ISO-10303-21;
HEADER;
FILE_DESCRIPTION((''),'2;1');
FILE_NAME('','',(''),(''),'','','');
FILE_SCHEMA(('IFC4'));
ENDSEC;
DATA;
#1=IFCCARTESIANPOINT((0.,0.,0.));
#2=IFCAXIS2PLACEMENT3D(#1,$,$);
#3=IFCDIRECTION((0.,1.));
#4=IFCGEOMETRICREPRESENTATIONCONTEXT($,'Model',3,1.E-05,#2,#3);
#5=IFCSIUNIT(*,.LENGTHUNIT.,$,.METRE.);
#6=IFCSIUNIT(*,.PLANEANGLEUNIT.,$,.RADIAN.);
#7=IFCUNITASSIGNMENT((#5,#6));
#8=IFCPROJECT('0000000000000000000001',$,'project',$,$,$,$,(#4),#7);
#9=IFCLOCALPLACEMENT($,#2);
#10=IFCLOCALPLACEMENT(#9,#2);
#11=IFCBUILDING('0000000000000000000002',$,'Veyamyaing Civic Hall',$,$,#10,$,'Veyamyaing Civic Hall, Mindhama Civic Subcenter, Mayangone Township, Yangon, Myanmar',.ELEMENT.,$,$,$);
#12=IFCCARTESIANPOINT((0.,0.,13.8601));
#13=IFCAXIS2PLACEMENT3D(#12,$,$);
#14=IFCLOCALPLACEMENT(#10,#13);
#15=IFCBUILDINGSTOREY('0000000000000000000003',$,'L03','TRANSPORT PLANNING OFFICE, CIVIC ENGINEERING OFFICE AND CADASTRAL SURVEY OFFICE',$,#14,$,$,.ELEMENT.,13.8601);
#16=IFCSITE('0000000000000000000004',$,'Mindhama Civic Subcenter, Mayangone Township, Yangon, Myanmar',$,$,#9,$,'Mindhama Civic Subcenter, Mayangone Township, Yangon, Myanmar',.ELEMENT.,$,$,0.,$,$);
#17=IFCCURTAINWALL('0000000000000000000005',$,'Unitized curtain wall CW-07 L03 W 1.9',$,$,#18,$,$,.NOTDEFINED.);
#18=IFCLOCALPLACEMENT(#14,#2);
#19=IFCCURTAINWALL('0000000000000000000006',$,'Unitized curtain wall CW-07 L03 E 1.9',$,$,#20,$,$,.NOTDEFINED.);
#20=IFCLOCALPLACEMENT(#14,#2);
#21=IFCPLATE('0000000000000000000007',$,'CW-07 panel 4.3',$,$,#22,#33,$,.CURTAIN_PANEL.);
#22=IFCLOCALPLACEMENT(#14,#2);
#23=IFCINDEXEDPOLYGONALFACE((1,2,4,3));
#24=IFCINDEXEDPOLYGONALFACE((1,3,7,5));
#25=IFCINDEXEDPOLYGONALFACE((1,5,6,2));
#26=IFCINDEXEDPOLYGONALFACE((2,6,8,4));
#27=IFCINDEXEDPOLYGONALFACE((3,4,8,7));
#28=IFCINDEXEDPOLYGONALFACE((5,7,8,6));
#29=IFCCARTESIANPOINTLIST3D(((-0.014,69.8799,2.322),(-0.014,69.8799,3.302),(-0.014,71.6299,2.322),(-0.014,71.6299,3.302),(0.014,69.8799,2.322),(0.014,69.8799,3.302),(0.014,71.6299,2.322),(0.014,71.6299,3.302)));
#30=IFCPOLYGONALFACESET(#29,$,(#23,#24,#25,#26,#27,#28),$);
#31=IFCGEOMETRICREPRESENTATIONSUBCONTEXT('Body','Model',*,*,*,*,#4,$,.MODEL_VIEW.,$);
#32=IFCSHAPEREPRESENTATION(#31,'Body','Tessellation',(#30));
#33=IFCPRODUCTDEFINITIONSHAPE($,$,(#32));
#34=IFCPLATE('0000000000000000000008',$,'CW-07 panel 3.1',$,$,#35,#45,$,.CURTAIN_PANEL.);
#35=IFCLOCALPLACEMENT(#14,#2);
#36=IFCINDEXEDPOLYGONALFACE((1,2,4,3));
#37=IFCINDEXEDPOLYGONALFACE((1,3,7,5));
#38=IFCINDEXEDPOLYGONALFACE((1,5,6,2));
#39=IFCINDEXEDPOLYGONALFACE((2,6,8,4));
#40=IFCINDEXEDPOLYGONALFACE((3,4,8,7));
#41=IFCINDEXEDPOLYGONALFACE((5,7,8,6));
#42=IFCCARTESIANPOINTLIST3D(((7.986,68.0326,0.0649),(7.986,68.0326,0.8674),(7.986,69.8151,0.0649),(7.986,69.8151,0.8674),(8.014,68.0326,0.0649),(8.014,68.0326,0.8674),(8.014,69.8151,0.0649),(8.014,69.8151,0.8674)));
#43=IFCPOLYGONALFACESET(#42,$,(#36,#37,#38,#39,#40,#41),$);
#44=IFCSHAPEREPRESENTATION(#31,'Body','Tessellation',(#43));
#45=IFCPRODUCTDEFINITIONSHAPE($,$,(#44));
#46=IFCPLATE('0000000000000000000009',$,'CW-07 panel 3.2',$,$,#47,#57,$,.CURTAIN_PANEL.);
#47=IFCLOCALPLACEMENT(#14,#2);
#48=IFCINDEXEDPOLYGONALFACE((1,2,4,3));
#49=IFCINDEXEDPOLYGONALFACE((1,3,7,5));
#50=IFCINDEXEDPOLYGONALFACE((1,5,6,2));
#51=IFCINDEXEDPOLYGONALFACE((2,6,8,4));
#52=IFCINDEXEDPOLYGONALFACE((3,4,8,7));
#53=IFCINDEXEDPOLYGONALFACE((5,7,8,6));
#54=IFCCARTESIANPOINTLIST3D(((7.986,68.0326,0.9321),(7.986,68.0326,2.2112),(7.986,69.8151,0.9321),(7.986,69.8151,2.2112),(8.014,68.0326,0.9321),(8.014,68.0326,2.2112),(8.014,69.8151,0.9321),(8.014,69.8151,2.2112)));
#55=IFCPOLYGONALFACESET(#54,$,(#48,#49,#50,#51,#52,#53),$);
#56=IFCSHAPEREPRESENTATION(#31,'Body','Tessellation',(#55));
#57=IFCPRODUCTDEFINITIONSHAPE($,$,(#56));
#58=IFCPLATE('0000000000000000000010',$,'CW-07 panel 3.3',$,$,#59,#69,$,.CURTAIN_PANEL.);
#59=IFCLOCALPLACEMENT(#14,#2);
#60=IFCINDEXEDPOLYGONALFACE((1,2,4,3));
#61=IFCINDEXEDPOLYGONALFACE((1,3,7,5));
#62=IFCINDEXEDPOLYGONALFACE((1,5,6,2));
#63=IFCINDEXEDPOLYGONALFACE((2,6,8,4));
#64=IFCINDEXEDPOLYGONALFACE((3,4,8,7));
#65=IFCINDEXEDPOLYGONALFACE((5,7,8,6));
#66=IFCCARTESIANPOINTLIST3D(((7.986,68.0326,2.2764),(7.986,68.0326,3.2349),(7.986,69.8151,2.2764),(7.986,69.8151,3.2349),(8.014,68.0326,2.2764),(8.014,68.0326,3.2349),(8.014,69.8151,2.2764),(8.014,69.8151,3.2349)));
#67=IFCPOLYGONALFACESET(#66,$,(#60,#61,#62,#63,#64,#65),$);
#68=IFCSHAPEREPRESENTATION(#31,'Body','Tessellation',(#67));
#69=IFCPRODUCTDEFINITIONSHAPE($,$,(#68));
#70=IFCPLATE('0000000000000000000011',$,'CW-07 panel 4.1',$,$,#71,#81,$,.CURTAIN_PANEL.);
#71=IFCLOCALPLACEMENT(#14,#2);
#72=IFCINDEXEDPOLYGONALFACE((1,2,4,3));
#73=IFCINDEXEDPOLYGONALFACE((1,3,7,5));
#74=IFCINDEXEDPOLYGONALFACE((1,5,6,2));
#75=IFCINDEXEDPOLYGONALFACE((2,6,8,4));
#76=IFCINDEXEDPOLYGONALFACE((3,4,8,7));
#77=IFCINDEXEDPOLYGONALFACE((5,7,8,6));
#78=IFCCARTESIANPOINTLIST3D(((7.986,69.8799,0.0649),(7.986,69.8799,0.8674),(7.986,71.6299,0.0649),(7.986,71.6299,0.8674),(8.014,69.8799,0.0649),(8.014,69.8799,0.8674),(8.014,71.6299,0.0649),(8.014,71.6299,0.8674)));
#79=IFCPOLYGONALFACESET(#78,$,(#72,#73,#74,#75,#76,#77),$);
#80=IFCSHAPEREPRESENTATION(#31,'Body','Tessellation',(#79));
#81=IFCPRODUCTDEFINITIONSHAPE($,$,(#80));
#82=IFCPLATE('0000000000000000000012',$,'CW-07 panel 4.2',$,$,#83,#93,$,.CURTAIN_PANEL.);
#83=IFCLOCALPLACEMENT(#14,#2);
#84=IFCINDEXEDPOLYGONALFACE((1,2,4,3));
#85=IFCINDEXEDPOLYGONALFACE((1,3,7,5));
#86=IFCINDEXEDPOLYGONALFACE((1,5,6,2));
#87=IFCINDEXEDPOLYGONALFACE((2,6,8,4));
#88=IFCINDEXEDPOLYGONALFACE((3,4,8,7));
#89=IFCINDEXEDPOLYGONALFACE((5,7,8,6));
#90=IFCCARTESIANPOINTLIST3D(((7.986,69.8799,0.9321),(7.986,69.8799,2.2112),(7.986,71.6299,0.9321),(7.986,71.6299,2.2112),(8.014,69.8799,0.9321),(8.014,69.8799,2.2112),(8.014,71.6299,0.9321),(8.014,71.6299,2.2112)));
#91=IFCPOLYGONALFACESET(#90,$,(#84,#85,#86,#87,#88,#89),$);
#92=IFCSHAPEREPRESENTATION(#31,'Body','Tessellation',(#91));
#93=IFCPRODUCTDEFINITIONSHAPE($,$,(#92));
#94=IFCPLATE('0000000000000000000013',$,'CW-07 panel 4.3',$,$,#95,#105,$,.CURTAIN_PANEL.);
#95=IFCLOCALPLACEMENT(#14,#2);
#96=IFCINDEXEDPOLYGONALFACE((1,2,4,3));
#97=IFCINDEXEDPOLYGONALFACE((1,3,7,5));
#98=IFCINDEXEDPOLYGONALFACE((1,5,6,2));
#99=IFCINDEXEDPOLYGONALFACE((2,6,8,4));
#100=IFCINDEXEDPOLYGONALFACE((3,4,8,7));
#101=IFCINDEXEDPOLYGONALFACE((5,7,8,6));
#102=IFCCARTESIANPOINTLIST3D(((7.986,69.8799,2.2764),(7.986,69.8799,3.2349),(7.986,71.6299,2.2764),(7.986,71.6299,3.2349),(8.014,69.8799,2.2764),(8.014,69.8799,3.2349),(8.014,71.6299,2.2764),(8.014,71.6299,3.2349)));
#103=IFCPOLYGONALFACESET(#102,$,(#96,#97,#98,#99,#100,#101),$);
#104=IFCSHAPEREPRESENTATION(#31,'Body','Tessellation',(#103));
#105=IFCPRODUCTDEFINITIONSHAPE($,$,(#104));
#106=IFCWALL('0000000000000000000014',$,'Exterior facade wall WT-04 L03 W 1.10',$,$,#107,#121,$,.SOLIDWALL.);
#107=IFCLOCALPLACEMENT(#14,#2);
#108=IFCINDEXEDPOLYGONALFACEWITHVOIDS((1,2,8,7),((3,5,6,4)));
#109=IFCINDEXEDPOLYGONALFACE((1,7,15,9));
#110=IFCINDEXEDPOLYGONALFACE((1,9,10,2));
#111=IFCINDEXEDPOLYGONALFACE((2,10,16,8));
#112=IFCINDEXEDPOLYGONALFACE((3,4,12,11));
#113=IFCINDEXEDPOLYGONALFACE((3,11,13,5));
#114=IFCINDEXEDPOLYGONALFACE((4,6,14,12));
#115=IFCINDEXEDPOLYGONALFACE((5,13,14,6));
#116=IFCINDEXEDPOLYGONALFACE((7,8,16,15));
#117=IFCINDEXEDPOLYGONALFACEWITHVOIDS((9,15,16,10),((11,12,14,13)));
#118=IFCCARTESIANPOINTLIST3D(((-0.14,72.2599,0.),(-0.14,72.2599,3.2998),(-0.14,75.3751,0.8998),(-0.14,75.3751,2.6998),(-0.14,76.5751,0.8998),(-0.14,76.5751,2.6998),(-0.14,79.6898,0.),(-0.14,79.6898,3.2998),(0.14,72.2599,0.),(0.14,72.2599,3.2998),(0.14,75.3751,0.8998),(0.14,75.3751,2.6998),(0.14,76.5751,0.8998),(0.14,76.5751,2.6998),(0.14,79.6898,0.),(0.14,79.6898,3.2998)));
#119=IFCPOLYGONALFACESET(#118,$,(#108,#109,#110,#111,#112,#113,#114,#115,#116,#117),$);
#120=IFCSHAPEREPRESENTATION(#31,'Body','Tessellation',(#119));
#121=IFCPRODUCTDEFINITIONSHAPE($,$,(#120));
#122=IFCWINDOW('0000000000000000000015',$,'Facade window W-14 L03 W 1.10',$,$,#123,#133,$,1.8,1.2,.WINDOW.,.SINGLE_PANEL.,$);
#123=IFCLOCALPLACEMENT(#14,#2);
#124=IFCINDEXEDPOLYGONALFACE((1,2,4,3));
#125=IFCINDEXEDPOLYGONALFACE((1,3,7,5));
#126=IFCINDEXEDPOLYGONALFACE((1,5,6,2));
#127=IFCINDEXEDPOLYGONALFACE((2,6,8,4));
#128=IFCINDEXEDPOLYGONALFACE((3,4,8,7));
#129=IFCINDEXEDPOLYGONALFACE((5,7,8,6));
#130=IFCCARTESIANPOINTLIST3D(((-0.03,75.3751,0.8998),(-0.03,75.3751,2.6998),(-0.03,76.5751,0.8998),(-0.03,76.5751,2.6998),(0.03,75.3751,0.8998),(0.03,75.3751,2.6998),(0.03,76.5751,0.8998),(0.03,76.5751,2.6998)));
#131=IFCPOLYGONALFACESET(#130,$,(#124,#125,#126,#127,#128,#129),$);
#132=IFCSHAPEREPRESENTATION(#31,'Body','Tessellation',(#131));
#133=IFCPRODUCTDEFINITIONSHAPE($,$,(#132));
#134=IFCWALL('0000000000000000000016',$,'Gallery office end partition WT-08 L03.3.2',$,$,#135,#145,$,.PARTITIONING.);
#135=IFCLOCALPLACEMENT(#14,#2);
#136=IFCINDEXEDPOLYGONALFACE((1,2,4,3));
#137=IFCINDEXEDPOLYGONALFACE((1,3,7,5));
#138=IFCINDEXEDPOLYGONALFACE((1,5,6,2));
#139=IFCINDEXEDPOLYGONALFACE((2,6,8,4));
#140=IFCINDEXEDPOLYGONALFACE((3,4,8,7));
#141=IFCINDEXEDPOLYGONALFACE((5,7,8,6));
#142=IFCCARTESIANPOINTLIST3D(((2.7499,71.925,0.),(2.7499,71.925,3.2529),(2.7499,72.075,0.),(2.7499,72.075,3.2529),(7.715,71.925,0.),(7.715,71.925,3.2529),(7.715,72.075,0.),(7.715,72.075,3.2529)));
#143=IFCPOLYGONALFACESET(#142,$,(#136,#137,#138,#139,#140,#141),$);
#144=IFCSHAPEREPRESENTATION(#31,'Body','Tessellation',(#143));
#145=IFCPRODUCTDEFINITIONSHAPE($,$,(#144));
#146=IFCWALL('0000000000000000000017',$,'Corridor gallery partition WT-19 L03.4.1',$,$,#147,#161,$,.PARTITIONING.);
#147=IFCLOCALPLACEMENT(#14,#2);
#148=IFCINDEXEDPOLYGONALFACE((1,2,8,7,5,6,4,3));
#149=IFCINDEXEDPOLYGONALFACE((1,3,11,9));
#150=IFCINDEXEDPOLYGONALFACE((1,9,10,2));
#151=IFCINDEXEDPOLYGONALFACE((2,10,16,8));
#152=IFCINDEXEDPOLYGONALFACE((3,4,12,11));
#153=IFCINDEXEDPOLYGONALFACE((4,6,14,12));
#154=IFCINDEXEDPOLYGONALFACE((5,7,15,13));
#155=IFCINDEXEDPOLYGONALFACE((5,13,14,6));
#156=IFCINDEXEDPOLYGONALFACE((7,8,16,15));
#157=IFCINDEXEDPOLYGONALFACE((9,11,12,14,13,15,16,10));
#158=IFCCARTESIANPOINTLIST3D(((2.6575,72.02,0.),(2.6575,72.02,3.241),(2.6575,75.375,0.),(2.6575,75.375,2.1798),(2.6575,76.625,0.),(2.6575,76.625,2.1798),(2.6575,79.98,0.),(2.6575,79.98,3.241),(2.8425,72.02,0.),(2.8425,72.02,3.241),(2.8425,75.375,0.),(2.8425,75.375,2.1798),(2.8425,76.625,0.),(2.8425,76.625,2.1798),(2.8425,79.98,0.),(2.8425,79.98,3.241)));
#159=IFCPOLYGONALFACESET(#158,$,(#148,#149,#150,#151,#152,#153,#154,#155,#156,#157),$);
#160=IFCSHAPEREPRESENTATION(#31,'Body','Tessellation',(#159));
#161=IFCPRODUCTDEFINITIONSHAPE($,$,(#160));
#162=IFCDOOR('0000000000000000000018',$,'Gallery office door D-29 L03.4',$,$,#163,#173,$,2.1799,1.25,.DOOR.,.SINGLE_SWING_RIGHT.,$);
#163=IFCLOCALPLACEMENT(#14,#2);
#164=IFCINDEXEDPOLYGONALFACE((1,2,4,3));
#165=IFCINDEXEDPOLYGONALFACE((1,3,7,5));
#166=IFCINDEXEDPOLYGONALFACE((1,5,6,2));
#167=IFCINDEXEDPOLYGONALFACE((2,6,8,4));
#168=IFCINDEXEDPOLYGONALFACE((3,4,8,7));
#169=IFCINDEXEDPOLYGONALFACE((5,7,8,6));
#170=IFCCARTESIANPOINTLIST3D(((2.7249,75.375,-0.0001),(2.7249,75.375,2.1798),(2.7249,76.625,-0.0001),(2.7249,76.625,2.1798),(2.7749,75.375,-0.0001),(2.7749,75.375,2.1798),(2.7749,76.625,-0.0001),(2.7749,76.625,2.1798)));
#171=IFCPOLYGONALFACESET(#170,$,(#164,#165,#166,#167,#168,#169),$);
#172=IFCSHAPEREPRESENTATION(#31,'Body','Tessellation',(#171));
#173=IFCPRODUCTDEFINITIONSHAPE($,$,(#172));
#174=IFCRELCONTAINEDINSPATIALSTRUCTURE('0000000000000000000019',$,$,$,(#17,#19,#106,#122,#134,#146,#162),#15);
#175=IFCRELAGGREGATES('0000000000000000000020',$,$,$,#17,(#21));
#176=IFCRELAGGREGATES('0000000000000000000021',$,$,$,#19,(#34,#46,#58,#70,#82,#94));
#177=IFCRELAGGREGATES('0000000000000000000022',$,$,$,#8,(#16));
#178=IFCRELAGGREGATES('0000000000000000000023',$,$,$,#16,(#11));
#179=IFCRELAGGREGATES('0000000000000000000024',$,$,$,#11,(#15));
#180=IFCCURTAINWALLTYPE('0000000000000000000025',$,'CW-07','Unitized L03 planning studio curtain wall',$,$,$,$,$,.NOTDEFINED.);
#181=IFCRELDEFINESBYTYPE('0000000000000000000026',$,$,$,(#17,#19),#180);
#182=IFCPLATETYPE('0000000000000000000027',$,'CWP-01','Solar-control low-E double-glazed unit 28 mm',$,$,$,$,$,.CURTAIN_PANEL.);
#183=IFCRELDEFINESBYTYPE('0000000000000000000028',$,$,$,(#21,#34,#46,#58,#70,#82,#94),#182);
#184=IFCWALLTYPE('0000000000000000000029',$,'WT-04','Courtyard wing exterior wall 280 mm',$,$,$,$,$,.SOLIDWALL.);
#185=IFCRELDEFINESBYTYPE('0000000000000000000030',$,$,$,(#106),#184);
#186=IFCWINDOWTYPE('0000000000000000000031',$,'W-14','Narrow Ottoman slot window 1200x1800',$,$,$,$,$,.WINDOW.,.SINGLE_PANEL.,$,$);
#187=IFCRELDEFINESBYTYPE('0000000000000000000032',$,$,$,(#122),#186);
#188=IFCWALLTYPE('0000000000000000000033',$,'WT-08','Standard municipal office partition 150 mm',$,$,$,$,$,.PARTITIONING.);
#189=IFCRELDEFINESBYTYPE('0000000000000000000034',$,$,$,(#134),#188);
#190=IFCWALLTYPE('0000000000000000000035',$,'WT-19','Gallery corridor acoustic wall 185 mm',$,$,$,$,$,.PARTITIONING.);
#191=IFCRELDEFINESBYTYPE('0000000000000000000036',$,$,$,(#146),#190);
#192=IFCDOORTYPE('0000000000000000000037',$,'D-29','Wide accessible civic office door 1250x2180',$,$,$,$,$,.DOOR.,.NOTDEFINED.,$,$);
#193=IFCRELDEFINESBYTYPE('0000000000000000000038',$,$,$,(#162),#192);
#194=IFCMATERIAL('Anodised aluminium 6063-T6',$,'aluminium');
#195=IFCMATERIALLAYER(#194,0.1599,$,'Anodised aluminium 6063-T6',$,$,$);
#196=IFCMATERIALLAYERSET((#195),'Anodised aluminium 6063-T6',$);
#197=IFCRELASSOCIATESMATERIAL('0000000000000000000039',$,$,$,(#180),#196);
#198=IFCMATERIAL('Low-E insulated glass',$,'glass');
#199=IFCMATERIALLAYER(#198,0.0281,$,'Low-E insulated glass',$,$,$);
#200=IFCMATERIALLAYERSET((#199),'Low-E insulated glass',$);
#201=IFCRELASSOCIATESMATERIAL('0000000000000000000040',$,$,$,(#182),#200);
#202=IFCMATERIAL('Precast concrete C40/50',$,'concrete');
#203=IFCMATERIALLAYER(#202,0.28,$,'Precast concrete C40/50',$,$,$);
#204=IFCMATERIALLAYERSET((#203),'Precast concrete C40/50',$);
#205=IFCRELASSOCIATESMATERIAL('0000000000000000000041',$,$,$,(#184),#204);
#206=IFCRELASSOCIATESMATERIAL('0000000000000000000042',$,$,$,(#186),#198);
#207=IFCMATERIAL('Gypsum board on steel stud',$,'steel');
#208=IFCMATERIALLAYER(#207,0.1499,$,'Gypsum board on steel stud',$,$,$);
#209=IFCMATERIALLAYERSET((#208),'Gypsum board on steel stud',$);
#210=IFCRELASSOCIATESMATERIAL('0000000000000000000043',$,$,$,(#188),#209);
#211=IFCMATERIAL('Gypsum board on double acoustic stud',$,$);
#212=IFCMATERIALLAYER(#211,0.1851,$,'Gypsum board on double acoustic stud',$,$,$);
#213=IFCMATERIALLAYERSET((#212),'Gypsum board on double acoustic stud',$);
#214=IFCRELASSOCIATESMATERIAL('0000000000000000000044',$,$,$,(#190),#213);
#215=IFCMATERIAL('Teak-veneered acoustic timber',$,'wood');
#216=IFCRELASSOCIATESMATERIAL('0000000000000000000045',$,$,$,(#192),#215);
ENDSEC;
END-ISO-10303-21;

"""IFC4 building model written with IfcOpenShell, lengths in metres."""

from ifc_helpers import new_model, si_unit, direction, frame, frame_2d, origin, origin_2d, place, context, subcontext, project, spatial, rectangle, extrude, material, layer, layer_set, type_object, element, fill, aggregate, save


model = new_model("IFC4")

# Units and contexts
model_context = context("Model", 3, precision=1e-05, world=origin(), true_north=direction((0.0, 1.0)))
body_context = subcontext(model_context, "Body", "Model", "MODEL_VIEW")
ifc_project = project(units=[si_unit("LENGTHUNIT", "METRE"), si_unit("PLANEANGLEUNIT", "RADIAN")], contexts=[model_context])

# Site, building, storey
site_placement = place(None, origin())
site = spatial("IfcSite", under=ifc_project, at=site_placement, Name="Mindhama Civic Subcenter, Mayangone Township, Yangon, Myanmar", LongName="Mindhama Civic Subcenter, Mayangone Township, Yangon, Myanmar", CompositionType="ELEMENT", RefElevation=0.0)
building_placement = place(site_placement, origin())
building = spatial("IfcBuilding", under=site, at=building_placement, Name="Veyamyaing Civic Hall", LongName="Veyamyaing Civic Hall, Mindhama Civic Subcenter, Mayangone Township, Yangon, Myanmar", CompositionType="ELEMENT")
storey_placement = place(building_placement, frame((0.0, 0.0, 13.8601)))
storey = spatial("IfcBuildingStorey", under=building, at=storey_placement, Name="L03", Description="TRANSPORT PLANNING OFFICE, CIVIC ENGINEERING OFFICE AND CADASTRAL SURVEY OFFICE", CompositionType="ELEMENT", Elevation=13.8601)

# Curtain walls
ifc_material_1 = material(Name="Anodised aluminium 6063-T6", Category="aluminium")
ifc_layer_1 = layer(ifc_material_1, 0.1599, Name="Anodised aluminium 6063-T6")
ifc_layer_set_1 = layer_set([ifc_layer_1], Name="Anodised aluminium 6063-T6")
curtain_wall_type = type_object("IfcCurtainWallType", Name="CW-07", Description="Unitized L03 planning studio curtain wall", PredefinedType="NOTDEFINED", material=ifc_layer_set_1)
curtain_wall_1_placement = place(storey_placement, origin())
curtain_wall_1 = element("IfcCurtainWall", 1, at=curtain_wall_1_placement, inside=storey, type_object=curtain_wall_type, Name="Unitized curtain wall CW-07 L03 W 1.9", PredefinedType="NOTDEFINED")
curtain_wall_2_placement = place(storey_placement, origin())
curtain_wall_2 = element("IfcCurtainWall", 2, at=curtain_wall_2_placement, inside=storey, type_object=curtain_wall_type, Name="Unitized curtain wall CW-07 L03 E 1.9", PredefinedType="NOTDEFINED")

# Plates
ifc_material_2 = material(Name="Low-E insulated glass", Category="glass")
ifc_layer_2 = layer(ifc_material_2, 0.0281, Name="Low-E insulated glass")
ifc_layer_set_2 = layer_set([ifc_layer_2], Name="Low-E insulated glass")
plate_type = type_object("IfcPlateType", Name="CWP-01", Description="Solar-control low-E double-glazed unit 28 mm", PredefinedType="CURTAIN_PANEL", material=ifc_layer_set_2)
plate_1_placement = place(storey_placement, frame((0.0, 70.7549, 2.322), z_axis=(0.0, 0.0, 1.0), x_axis=(0.0, 1.0, 0.0)))
plate_1 = element("IfcPlate", 3, at=plate_1_placement, type_object=plate_type, Name="CW-07 panel 4.3", PredefinedType="CURTAIN_PANEL", context=body_context, shape_type="SweptSolid", body=[
    extrude(rectangle(XDim=1.75, YDim=0.0281, at=origin_2d()), origin(), (0.0, 0.0, 1.0), 0.98),
])
aggregate(curtain_wall_1, [plate_1])
plate_2_placement = place(storey_placement, frame((8.0, 68.9238, 0.0649), z_axis=(0.0, 0.0, 1.0), x_axis=(0.0, 1.0, 0.0)))
plate_2 = element("IfcPlate", 4, at=plate_2_placement, type_object=plate_type, Name="CW-07 panel 3.1", PredefinedType="CURTAIN_PANEL", context=body_context, shape_type="SweptSolid", body=[
    extrude(rectangle(XDim=1.7825, YDim=0.0281, at=origin_2d()), origin(), (0.0, 0.0, 1.0), 0.8025),
])
plate_3_placement = place(storey_placement, frame((8.0, 68.9238, 0.9321), z_axis=(0.0, 0.0, 1.0), x_axis=(0.0, 1.0, 0.0)))
plate_3 = element("IfcPlate", 5, at=plate_3_placement, type_object=plate_type, Name="CW-07 panel 3.2", PredefinedType="CURTAIN_PANEL", context=body_context, shape_type="SweptSolid", body=[
    extrude(rectangle(XDim=1.7825, YDim=0.0281, at=origin_2d()), origin(), (0.0, 0.0, 1.0), 1.2791),
])
plate_4_placement = place(storey_placement, frame((8.0, 68.9238, 2.2764), z_axis=(0.0, 0.0, 1.0), x_axis=(0.0, 1.0, 0.0)))
plate_4 = element("IfcPlate", 6, at=plate_4_placement, type_object=plate_type, Name="CW-07 panel 3.3", PredefinedType="CURTAIN_PANEL", context=body_context, shape_type="SweptSolid", body=[
    extrude(rectangle(XDim=1.7825, YDim=0.0281, at=origin_2d()), origin(), (0.0, 0.0, 1.0), 0.9585),
])
plate_5_placement = place(storey_placement, frame((8.0, 70.7549, 0.0649), z_axis=(0.0, 0.0, 1.0), x_axis=(0.0, 1.0, 0.0)))
plate_5 = element("IfcPlate", 7, at=plate_5_placement, type_object=plate_type, Name="CW-07 panel 4.1", PredefinedType="CURTAIN_PANEL", context=body_context, shape_type="SweptSolid", body=[
    extrude(rectangle(XDim=1.75, YDim=0.0281, at=origin_2d()), origin(), (0.0, 0.0, 1.0), 0.8025),
])
plate_6_placement = place(storey_placement, frame((8.0, 70.7549, 0.9321), z_axis=(0.0, 0.0, 1.0), x_axis=(0.0, 1.0, 0.0)))
plate_6 = element("IfcPlate", 8, at=plate_6_placement, type_object=plate_type, Name="CW-07 panel 4.2", PredefinedType="CURTAIN_PANEL", context=body_context, shape_type="SweptSolid", body=[
    extrude(rectangle(XDim=1.75, YDim=0.0281, at=origin_2d()), origin(), (0.0, 0.0, 1.0), 1.2791),
])
plate_7_placement = place(storey_placement, frame((8.0, 70.7549, 2.2764), z_axis=(0.0, 0.0, 1.0), x_axis=(0.0, 1.0, 0.0)))
plate_7 = element("IfcPlate", 9, at=plate_7_placement, type_object=plate_type, Name="CW-07 panel 4.3", PredefinedType="CURTAIN_PANEL", context=body_context, shape_type="SweptSolid", body=[
    extrude(rectangle(XDim=1.75, YDim=0.0281, at=origin_2d()), origin(), (0.0, 0.0, 1.0), 0.9585),
])
aggregate(curtain_wall_2, [plate_2, plate_3, plate_4, plate_5, plate_6, plate_7])

# Wall, opening, window
ifc_material_3 = material(Name="Precast concrete C40/50", Category="concrete")
ifc_layer_3 = layer(ifc_material_3, 0.28, Name="Precast concrete C40/50")
ifc_layer_set_3 = layer_set([ifc_layer_3], Name="Precast concrete C40/50")
wall_type_1 = type_object("IfcWallType", Name="WT-04", Description="Courtyard wing exterior wall 280 mm", PredefinedType="SOLIDWALL", material=ifc_layer_set_3)
wall_1_placement = place(storey_placement, frame((0.0, 72.26, 0.0), z_axis=(0.0, 0.0, 1.0), x_axis=(0.0, 1.0, 0.0)))
wall_1 = element("IfcWall", 10, at=wall_1_placement, inside=storey, type_object=wall_type_1, Name="Exterior facade wall WT-04 L03 W 1.10", PredefinedType="SOLIDWALL", context=body_context, shape_type="SweptSolid", body=[
    extrude(rectangle(XDim=7.4299, YDim=0.28, at=frame_2d((3.7148, 0.0))), origin(), (0.0, 0.0, 1.0), 3.2998),
])
opening_1_placement = place(wall_1_placement, frame((3.115, 0.0, 0.8999)))
opening_1 = element("IfcOpeningElement", 11, at=opening_1_placement, cuts=wall_1, PredefinedType="OPENING", context=body_context, shape_type="SweptSolid", body=[
    extrude(rectangle(XDim=1.2, YDim=1.8, at=frame_2d((0.6001, 0.8999))), frame((0.0, 0.1499, 0.0), z_axis=(0.0, -1.0, 0.0), x_axis=(1.0, 0.0, 0.0)), (0.0, 0.0, 1.0), 0.3),
])
window_type = type_object("IfcWindowType", Name="W-14", Description="Narrow Ottoman slot window 1200x1800", PartitioningType="SINGLE_PANEL", PredefinedType="WINDOW", material=ifc_material_2)
window_placement = place(opening_1_placement, origin())
window = element("IfcWindow", 12, at=window_placement, inside=storey, type_object=window_type, Name="Facade window W-14 L03 W 1.10", OverallHeight=1.8, OverallWidth=1.2, PartitioningType="SINGLE_PANEL", PredefinedType="WINDOW", context=body_context, shape_type="SweptSolid", body=[
    extrude(rectangle(XDim=1.2, YDim=1.8, at=frame_2d((0.6001, 0.8999))), frame((0.0, 0.03, 0.0), z_axis=(0.0, -1.0, 0.0), x_axis=(1.0, 0.0, 0.0)), (0.0, 0.0, 1.0), 0.0601),
])
fill(opening_1, window)

# Wall
ifc_material_4 = material(Name="Gypsum board on steel stud", Category="steel")
ifc_layer_4 = layer(ifc_material_4, 0.1499, Name="Gypsum board on steel stud")
ifc_layer_set_4 = layer_set([ifc_layer_4], Name="Gypsum board on steel stud")
wall_type_2 = type_object("IfcWallType", Name="WT-08", Description="Standard municipal office partition 150 mm", PredefinedType="PARTITIONING", material=ifc_layer_set_4)
wall_2_placement = place(storey_placement, frame((2.75, 72.0, 0.0), z_axis=(0.0, 0.0, 1.0), x_axis=(1.0, 0.0, 0.0)))
element("IfcWall", 13, at=wall_2_placement, inside=storey, type_object=wall_type_2, Name="Gallery office end partition WT-08 L03.3.2", PredefinedType="PARTITIONING", context=body_context, shape_type="SweptSolid", body=[
    extrude(rectangle(XDim=4.9651, YDim=0.1499, at=frame_2d((2.4824, 0.0))), origin(), (0.0, 0.0, 1.0), 3.2529),
])

# Wall, opening, door
ifc_material_5 = material(Name="Gypsum board on double acoustic stud")
ifc_layer_5 = layer(ifc_material_5, 0.1851, Name="Gypsum board on double acoustic stud")
ifc_layer_set_5 = layer_set([ifc_layer_5], Name="Gypsum board on double acoustic stud")
wall_type_3 = type_object("IfcWallType", Name="WT-19", Description="Gallery corridor acoustic wall 185 mm", PredefinedType="PARTITIONING", material=ifc_layer_set_5)
wall_3_placement = place(storey_placement, frame((2.75, 72.02, 0.0), z_axis=(0.0, 0.0, 1.0), x_axis=(0.0, 1.0, 0.0)))
wall_3 = element("IfcWall", 14, at=wall_3_placement, inside=storey, type_object=wall_type_3, Name="Corridor gallery partition WT-19 L03.4.1", PredefinedType="PARTITIONING", context=body_context, shape_type="SweptSolid", body=[
    extrude(rectangle(XDim=7.96, YDim=0.1851, at=frame_2d((3.98, 0.0))), origin(), (0.0, 0.0, 1.0), 3.241),
])
opening_2_placement = place(wall_3_placement, frame((3.355, 0.0, 0.0)))
opening_2 = element("IfcOpeningElement", 15, at=opening_2_placement, cuts=wall_3, PredefinedType="OPENING", context=body_context, shape_type="SweptSolid", body=[
    extrude(rectangle(XDim=1.25, YDim=2.1799, at=frame_2d((0.625, 1.0898))), frame((0.0, 0.1025, 0.0), z_axis=(0.0, -1.0, 0.0), x_axis=(1.0, 0.0, 0.0)), (0.0, 0.0, 1.0), 0.2051),
])
ifc_material_6 = material(Name="Teak-veneered acoustic timber", Category="wood")
door_type = type_object("IfcDoorType", Name="D-29", Description="Wide accessible civic office door 1250x2180", OperationType="NOTDEFINED", PredefinedType="DOOR", material=ifc_material_6)
door_placement = place(opening_2_placement, frame((1.25, 0.0, 0.0), z_axis=(0.0, 0.0, 1.0), x_axis=(-1.0, 0.0, 0.0)))
door = element("IfcDoor", 16, at=door_placement, inside=storey, type_object=door_type, Name="Gallery office door D-29 L03.4", OperationType="SINGLE_SWING_RIGHT", OverallHeight=2.1799, OverallWidth=1.25, PredefinedType="DOOR", context=body_context, shape_type="SweptSolid", body=[
    extrude(rectangle(XDim=1.25, YDim=2.1799, at=frame_2d((0.625, 1.0898))), frame((0.0, 0.0249, 0.0), z_axis=(0.0, -1.0, 0.0), x_axis=(1.0, 0.0, 0.0)), (0.0, 0.0, 1.0), 0.05),
])
fill(opening_2, door)

save(model, "model.ifc")
